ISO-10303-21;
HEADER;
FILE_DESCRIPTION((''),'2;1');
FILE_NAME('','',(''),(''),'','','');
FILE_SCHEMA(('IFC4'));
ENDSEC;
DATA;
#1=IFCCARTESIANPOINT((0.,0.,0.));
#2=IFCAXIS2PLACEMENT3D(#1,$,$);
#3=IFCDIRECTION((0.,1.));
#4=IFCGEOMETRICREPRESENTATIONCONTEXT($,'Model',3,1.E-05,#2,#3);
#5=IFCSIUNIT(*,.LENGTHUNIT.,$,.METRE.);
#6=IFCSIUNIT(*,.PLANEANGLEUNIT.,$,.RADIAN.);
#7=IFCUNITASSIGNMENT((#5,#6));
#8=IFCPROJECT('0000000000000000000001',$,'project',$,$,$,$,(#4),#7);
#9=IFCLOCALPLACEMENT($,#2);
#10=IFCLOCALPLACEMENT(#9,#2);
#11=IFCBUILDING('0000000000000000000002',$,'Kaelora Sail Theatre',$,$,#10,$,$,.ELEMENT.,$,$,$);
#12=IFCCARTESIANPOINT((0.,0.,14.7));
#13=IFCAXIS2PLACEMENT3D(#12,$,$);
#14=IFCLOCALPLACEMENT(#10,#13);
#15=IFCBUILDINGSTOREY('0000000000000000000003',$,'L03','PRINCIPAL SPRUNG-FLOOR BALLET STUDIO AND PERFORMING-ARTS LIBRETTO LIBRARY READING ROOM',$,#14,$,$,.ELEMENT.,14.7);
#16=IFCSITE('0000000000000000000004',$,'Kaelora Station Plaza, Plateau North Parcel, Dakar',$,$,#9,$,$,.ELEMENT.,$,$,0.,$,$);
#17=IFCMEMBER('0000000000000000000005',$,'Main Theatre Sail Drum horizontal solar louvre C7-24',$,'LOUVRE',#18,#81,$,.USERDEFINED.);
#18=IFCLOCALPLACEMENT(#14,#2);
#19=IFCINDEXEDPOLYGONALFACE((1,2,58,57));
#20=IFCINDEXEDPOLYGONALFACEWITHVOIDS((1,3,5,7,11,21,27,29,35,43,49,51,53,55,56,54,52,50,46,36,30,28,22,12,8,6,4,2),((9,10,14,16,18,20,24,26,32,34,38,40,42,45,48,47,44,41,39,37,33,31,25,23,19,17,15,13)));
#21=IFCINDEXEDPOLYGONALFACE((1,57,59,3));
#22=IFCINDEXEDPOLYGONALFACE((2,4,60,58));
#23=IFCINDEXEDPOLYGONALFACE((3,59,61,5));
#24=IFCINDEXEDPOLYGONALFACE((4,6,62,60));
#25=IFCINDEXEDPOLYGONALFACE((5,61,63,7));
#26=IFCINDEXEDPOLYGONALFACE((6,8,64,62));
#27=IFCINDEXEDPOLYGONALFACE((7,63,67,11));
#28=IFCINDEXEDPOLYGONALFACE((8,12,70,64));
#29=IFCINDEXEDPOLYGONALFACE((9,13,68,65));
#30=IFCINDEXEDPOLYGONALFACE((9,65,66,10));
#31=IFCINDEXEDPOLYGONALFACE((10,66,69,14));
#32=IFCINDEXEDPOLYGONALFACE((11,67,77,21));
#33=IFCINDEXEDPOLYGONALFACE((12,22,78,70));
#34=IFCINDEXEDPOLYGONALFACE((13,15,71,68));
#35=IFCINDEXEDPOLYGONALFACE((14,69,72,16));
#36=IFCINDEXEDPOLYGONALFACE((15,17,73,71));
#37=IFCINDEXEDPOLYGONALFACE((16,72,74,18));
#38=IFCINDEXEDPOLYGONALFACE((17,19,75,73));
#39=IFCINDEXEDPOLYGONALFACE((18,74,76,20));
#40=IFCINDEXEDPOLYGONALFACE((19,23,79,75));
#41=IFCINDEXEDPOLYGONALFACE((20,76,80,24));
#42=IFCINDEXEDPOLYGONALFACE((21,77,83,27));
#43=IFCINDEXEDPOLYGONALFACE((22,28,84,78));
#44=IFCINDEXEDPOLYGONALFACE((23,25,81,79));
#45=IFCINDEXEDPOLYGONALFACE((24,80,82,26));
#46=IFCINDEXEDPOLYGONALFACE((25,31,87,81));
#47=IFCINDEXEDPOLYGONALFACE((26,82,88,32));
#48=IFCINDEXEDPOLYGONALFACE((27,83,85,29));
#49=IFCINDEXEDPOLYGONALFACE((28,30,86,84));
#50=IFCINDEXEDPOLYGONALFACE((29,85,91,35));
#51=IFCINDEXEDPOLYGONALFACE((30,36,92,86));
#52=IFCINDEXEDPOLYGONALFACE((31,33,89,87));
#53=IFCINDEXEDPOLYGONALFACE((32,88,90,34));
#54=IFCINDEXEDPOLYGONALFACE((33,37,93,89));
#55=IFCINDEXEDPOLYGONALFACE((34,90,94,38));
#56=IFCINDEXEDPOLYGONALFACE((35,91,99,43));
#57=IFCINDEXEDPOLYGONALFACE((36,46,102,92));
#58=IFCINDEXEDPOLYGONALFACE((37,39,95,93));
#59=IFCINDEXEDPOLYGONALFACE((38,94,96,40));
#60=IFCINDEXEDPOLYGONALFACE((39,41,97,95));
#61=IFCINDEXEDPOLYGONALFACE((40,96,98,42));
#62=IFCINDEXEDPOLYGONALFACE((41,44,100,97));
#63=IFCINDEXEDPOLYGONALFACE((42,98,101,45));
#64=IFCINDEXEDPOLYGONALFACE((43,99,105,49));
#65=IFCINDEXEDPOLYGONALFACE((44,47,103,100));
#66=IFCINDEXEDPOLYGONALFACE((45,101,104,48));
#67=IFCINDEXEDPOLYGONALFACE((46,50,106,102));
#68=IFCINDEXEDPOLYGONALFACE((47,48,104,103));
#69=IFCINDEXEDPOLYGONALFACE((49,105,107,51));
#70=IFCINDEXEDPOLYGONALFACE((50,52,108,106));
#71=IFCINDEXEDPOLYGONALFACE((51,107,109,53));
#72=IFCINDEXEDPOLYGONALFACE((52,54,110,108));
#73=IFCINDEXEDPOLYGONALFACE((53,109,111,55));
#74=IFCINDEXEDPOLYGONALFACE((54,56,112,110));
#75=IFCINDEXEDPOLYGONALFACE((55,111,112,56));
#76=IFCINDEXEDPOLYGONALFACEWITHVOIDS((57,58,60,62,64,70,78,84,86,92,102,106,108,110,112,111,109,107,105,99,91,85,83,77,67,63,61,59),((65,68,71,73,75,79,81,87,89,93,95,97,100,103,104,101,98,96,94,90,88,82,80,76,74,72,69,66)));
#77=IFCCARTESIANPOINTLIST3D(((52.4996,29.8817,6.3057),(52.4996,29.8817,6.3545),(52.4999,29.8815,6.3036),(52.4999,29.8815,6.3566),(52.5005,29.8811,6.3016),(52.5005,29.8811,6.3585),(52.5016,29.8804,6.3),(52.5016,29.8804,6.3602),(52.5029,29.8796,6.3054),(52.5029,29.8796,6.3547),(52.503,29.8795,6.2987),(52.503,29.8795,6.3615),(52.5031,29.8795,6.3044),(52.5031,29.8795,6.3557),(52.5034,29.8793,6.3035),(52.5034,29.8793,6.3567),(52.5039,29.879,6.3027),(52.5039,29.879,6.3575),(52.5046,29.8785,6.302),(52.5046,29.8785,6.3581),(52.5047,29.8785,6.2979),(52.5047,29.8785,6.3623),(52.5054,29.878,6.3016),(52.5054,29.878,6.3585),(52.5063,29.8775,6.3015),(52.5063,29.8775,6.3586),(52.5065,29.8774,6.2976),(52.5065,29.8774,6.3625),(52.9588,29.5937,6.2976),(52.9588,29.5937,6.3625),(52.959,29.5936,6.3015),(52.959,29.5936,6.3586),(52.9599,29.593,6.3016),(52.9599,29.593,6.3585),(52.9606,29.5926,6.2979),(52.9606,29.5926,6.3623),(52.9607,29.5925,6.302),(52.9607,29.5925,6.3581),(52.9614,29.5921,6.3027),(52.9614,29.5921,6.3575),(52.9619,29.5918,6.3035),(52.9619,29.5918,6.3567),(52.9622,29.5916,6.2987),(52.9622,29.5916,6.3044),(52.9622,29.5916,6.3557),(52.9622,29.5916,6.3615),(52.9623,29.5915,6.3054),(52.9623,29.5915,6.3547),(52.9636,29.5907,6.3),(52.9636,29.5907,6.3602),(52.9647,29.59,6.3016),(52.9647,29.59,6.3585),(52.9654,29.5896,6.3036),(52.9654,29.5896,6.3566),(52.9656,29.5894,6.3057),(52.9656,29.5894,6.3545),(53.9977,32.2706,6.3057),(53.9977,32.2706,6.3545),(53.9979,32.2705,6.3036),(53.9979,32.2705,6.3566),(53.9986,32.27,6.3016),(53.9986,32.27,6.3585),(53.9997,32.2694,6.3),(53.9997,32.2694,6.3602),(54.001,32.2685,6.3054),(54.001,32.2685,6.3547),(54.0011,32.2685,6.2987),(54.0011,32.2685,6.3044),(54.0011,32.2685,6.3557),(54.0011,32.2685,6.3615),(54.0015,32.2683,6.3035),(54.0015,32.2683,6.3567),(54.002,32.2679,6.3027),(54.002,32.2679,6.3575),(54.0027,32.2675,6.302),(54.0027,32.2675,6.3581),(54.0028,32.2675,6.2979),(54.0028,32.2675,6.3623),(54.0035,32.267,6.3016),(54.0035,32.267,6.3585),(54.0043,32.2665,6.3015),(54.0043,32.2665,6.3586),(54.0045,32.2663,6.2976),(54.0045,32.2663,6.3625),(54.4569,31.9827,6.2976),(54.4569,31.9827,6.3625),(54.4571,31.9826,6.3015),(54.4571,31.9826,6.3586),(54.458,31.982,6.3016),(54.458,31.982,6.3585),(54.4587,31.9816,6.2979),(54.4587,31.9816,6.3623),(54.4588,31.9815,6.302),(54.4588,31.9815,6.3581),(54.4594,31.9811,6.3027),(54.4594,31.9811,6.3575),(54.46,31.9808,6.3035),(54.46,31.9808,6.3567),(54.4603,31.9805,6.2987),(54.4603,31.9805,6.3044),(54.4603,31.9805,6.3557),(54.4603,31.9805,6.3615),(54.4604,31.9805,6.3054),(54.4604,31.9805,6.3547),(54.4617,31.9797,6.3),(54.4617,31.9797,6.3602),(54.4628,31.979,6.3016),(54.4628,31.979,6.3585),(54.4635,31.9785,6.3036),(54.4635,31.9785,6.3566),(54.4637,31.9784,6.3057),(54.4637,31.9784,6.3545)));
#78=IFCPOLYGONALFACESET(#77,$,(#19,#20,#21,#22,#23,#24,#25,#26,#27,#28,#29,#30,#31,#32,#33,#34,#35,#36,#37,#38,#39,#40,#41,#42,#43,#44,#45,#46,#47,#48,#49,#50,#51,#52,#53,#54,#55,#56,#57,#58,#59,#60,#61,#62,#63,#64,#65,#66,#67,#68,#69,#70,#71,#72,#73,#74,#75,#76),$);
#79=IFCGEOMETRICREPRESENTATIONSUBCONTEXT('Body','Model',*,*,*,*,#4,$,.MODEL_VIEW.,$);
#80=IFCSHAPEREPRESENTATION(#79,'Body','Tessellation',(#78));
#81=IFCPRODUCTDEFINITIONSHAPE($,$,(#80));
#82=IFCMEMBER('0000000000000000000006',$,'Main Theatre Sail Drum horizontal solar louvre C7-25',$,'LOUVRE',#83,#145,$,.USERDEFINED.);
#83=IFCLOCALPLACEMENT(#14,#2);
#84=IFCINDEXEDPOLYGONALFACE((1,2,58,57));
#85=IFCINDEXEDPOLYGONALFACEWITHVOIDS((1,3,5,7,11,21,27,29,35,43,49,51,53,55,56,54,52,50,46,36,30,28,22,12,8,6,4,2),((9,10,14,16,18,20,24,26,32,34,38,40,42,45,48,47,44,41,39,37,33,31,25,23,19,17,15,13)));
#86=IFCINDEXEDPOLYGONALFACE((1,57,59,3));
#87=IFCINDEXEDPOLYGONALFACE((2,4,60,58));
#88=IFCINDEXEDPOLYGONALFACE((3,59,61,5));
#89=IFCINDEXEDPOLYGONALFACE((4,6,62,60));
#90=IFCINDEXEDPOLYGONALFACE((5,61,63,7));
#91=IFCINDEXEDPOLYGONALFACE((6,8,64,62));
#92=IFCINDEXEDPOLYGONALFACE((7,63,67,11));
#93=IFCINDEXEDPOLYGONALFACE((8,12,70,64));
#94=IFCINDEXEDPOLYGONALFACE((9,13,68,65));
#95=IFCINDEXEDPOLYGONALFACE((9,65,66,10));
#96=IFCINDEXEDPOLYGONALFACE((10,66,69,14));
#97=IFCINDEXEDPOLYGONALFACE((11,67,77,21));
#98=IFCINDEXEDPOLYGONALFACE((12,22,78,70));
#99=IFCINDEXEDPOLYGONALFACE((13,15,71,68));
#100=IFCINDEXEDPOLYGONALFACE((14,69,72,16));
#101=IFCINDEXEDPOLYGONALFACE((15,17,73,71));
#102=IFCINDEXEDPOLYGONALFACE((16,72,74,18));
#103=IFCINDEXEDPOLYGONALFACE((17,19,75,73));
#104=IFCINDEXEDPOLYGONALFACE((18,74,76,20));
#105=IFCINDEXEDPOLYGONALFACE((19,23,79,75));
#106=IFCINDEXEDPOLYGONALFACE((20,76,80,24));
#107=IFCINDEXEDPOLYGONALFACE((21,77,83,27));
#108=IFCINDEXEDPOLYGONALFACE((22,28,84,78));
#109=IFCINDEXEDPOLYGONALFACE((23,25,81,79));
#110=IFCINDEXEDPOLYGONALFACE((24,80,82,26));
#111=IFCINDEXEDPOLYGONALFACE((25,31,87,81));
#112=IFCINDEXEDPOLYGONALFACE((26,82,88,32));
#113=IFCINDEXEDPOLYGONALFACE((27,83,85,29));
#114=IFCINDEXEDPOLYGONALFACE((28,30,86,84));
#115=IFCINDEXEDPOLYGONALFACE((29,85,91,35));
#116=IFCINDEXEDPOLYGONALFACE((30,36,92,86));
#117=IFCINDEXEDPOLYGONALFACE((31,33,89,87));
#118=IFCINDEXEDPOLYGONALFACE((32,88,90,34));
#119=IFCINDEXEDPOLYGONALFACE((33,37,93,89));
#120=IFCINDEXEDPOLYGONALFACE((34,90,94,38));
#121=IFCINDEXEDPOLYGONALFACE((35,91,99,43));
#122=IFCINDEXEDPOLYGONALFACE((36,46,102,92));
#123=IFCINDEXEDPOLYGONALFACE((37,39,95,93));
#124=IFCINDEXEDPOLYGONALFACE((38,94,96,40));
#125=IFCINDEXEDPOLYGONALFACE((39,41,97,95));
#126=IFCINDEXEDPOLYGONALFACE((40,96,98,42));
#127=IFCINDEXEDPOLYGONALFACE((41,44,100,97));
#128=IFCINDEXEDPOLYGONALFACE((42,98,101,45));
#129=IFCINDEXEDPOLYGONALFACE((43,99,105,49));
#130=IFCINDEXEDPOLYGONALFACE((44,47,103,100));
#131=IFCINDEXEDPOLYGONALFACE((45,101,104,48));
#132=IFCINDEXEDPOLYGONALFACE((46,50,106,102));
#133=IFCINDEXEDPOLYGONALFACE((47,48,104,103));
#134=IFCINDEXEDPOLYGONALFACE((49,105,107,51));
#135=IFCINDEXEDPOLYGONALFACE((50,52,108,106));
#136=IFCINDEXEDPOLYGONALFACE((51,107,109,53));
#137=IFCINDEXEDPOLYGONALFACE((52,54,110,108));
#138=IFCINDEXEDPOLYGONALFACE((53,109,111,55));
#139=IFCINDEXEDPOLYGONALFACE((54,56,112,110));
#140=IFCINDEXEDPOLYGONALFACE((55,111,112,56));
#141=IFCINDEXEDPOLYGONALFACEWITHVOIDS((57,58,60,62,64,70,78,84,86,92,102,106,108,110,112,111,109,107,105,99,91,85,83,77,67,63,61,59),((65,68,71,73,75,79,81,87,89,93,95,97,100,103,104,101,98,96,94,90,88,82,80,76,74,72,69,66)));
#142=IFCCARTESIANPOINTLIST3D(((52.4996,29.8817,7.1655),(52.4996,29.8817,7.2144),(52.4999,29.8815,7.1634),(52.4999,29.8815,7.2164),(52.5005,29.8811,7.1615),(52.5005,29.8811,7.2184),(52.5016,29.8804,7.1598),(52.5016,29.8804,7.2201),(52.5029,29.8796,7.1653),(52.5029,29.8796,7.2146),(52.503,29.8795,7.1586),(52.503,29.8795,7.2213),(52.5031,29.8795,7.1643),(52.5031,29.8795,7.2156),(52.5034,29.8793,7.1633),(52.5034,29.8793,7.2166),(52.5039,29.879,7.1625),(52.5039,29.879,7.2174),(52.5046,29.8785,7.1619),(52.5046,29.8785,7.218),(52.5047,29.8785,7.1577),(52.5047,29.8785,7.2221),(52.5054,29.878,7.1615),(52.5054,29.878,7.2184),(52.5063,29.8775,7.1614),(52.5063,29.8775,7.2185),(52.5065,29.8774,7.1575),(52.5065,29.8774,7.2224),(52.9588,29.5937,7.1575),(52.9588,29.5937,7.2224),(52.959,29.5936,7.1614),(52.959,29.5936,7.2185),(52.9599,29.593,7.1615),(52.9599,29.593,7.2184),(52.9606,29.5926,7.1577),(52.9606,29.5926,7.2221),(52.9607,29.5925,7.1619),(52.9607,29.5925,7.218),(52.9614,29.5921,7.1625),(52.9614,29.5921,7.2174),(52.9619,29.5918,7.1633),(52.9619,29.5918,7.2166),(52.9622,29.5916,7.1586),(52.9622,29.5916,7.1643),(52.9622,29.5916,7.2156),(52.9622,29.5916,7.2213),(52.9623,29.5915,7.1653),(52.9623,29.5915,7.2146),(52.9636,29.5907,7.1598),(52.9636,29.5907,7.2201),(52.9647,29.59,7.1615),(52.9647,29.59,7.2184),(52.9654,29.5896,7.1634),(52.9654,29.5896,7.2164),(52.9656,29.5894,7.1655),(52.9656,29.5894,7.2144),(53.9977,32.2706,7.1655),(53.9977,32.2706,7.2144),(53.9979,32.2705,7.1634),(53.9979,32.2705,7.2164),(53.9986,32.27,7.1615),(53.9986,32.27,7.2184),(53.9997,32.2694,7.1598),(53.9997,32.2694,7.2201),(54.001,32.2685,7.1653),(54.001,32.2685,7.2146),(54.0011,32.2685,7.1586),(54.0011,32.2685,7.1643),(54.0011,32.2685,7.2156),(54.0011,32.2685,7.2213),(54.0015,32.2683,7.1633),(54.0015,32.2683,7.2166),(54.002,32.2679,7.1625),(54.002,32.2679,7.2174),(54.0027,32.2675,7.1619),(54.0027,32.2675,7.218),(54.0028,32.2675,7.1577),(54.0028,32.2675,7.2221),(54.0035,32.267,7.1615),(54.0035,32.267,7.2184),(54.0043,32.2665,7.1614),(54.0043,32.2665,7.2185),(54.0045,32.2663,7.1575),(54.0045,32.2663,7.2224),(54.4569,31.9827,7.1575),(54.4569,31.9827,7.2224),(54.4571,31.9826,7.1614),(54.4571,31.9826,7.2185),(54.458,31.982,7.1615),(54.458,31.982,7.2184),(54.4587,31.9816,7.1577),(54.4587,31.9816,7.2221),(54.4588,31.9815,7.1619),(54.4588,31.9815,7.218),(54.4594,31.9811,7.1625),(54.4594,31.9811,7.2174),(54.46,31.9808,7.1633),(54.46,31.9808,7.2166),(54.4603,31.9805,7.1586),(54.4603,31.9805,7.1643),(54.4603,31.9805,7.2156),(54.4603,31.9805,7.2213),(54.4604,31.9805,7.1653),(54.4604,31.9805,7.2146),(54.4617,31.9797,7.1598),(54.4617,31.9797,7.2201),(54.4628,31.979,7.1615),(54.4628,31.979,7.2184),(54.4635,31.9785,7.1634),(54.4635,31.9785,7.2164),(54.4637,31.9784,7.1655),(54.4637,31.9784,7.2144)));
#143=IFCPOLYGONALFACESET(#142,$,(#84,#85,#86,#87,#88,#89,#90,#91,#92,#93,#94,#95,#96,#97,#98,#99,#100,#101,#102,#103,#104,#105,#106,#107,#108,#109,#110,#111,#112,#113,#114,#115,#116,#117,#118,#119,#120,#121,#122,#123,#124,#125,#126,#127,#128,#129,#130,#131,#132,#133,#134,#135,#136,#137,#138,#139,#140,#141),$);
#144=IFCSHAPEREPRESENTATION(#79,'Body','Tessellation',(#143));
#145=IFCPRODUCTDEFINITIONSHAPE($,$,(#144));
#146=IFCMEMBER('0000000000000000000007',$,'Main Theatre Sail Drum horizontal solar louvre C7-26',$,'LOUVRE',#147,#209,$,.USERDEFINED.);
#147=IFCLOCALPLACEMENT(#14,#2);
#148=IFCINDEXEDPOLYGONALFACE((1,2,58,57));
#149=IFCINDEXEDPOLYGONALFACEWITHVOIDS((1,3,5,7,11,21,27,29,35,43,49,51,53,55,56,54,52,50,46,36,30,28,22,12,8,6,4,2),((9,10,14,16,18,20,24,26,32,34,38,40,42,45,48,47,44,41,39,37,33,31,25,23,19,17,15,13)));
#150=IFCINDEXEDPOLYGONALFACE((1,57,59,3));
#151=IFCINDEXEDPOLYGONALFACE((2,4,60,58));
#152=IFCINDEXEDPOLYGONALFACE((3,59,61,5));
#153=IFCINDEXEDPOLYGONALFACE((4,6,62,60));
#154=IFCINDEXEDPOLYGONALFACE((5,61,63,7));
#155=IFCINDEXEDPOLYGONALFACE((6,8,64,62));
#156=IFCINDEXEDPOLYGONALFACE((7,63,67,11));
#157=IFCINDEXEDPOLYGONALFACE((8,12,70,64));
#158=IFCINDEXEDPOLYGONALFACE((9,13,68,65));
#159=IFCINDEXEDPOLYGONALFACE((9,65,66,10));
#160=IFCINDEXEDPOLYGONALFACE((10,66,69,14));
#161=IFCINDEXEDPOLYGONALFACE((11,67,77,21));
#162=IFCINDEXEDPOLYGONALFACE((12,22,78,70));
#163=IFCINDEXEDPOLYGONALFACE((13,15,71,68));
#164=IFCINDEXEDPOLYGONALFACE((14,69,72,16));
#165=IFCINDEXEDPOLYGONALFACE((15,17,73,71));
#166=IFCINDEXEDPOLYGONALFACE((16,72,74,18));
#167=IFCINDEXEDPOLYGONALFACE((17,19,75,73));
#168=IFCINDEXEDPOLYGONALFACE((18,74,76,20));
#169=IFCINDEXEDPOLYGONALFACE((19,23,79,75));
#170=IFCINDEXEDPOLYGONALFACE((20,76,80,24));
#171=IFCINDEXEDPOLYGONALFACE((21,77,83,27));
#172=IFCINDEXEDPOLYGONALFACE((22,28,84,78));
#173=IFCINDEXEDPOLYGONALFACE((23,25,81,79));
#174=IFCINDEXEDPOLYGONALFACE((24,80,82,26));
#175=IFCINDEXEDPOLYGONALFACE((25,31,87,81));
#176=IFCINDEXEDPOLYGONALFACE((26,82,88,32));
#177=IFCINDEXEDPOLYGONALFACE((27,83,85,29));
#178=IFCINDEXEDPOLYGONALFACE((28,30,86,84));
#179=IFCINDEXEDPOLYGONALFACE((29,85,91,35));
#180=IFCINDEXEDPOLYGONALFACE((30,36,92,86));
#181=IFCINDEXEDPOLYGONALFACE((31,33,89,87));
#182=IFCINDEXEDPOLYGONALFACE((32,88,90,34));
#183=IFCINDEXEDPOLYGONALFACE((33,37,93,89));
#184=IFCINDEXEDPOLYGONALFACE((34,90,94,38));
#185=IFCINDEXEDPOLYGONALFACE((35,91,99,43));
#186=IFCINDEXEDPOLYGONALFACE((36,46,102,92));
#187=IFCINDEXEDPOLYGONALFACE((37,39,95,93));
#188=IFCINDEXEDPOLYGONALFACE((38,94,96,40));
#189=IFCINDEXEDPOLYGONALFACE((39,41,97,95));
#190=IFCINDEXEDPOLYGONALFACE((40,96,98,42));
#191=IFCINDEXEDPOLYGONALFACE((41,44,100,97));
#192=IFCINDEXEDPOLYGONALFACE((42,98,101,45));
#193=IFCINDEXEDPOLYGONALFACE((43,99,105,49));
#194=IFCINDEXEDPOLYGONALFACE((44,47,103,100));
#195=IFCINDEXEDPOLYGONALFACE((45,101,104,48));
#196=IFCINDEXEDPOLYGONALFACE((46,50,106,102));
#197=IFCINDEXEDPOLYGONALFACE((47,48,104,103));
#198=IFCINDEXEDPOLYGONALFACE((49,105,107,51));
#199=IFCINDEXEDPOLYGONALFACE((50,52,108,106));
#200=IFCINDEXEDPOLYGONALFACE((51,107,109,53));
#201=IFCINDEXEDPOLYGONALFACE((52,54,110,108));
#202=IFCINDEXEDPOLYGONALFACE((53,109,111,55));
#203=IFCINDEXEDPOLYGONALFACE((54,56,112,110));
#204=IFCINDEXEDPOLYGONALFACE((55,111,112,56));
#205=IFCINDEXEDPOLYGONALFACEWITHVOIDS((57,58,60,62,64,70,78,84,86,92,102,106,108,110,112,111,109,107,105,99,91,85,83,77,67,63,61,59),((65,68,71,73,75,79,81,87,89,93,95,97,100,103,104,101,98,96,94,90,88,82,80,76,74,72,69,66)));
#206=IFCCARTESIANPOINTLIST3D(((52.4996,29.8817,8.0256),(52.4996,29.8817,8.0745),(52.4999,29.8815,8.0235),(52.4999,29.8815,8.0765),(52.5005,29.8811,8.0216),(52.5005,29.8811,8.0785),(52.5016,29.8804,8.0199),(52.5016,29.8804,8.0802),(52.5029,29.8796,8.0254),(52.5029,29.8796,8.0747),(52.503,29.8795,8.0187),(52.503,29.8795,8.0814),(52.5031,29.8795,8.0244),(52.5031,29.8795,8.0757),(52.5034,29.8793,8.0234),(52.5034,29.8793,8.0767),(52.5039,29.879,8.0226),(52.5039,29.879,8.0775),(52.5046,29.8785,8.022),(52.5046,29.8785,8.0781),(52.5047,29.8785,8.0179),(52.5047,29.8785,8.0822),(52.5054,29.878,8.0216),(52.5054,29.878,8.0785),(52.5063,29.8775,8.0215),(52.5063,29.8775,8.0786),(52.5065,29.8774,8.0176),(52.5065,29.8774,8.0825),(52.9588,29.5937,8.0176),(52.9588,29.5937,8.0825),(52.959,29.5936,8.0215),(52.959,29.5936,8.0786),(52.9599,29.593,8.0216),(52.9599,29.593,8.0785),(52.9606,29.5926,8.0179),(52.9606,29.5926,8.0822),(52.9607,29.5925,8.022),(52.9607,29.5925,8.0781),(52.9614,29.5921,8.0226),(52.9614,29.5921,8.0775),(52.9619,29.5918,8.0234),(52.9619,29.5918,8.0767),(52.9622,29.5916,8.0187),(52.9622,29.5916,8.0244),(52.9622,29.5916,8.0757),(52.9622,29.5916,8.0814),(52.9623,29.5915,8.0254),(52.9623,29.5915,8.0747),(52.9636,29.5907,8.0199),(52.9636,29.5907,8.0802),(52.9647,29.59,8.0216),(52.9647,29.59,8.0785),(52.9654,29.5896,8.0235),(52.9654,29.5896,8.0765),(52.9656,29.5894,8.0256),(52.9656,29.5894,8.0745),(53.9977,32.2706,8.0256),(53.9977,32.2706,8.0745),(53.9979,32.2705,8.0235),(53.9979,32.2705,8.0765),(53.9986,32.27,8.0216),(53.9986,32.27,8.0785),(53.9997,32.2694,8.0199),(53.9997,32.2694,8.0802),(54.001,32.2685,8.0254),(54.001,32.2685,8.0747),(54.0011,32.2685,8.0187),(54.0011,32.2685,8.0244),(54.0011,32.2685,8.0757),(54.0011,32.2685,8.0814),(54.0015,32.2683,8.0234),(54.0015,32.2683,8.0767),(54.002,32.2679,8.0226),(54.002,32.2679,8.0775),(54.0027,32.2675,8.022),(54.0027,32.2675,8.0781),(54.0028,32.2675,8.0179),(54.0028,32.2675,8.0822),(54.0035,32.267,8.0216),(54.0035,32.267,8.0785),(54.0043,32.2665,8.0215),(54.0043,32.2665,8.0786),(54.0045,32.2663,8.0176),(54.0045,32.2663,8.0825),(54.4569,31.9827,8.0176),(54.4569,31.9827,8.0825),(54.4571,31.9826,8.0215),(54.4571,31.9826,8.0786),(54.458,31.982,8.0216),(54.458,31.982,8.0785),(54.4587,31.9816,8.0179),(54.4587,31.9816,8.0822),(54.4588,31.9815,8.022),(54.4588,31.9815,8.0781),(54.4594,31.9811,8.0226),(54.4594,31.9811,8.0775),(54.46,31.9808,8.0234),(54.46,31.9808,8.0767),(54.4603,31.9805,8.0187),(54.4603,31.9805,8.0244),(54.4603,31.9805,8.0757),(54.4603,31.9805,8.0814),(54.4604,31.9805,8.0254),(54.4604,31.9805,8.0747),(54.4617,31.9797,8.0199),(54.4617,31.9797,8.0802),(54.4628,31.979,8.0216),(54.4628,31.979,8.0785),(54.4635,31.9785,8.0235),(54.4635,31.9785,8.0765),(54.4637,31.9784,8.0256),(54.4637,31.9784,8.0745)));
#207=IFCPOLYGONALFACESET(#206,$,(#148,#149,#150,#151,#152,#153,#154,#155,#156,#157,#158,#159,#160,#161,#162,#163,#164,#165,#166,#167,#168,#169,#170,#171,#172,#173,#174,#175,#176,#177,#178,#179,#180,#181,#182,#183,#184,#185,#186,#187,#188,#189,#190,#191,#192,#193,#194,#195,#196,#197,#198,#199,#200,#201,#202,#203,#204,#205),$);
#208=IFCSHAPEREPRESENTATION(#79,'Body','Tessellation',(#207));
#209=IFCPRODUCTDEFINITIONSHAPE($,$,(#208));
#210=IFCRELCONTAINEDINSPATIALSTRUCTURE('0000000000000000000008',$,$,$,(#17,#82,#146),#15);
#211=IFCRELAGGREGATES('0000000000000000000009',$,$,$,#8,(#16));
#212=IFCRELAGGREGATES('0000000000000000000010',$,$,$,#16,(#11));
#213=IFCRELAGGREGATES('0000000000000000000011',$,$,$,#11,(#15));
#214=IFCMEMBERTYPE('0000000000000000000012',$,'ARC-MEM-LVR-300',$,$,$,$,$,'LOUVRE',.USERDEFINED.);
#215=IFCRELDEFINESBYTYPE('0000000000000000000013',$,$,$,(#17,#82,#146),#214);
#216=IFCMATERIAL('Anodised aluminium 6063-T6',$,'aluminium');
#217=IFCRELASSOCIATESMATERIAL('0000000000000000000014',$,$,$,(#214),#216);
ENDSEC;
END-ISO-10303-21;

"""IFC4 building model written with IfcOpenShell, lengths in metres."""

from ifc_helpers import new_model, si_unit, direction, frame, origin, origin_2d, place, context, subcontext, project, spatial, hollow_rectangle, extrude, material, material_profile, profile_set, type_object, element, save


model = new_model("IFC4")

# Units and contexts
model_context = context("Model", 3, precision=1e-05, world=origin(), true_north=direction((0.0, 1.0)))
body_context = subcontext(model_context, "Body", "Model", "MODEL_VIEW")
ifc_project = project(units=[si_unit("LENGTHUNIT", "METRE"), si_unit("PLANEANGLEUNIT", "RADIAN")], contexts=[model_context])

# Site, building, storey
site_placement = place(None, origin())
site = spatial("IfcSite", under=ifc_project, at=site_placement, Name="Kaelora Station Plaza, Plateau North Parcel, Dakar", CompositionType="ELEMENT", RefElevation=0.0)
building_placement = place(site_placement, origin())
building = spatial("IfcBuilding", under=site, at=building_placement, Name="Kaelora Sail Theatre", CompositionType="ELEMENT")
storey_placement = place(building_placement, frame((0.0, 0.0, 14.7)))
storey = spatial("IfcBuildingStorey", under=building, at=storey_placement, Name="L03", Description="PRINCIPAL SPRUNG-FLOOR BALLET STUDIO AND PERFORMING-ARTS LIBRETTO LIBRARY READING ROOM", CompositionType="ELEMENT", Elevation=14.7)

# Members
ifc_material = material(Name="Anodised aluminium 6063-T6", Category="aluminium")
ifc_material_profile = material_profile(ifc_material, hollow_rectangle(XDim=0.55, YDim=0.0649, WallThickness=0.0039, InnerFilletRadius=0.0039, OuterFilletRadius=0.0081, at=origin_2d()), Name="LOUVRE 550x65x4")
ifc_profile_set = profile_set([ifc_material_profile], Name="Anodised aluminium 6063-T6")
member_type = type_object("IfcMemberType", Name="ARC-MEM-LVR-300", ElementType="LOUVRE", PredefinedType="USERDEFINED", material=ifc_profile_set)
for number, where, z_axis, x_axis, name in (
    (1, (54.2307, 32.1245, 6.3301), (-0.531267, -0.847204, 0.0), (0.847204, -0.531267, 0.0), "Main Theatre Sail Drum horizontal solar louvre C7-24"),
    (2, (54.2307, 32.1245, 7.1899), (-0.531267, -0.847204, 0.0), (0.847204, -0.531267, 0.0), "Main Theatre Sail Drum horizontal solar louvre C7-25"),
    (3, (54.2307, 32.1245, 8.05), (-0.531267, -0.847204, 0.0), (0.847204, -0.531267, 0.0), "Main Theatre Sail Drum horizontal solar louvre C7-26"),
):
    element("IfcMember", number, at=place(storey_placement, frame(where, z_axis=z_axis, x_axis=x_axis)), inside=storey, type_object=member_type, Name=name, ObjectType="LOUVRE", PredefinedType="USERDEFINED", context=body_context, shape_type="SweptSolid", body=[
        extrude(hollow_rectangle(XDim=0.55, YDim=0.0649, WallThickness=0.0039, InnerFilletRadius=0.0039, OuterFilletRadius=0.0081, at=origin_2d()), origin(), (0.0, 0.0, 1.0), 2.8198),
    ])

save(model, "model.ifc")
